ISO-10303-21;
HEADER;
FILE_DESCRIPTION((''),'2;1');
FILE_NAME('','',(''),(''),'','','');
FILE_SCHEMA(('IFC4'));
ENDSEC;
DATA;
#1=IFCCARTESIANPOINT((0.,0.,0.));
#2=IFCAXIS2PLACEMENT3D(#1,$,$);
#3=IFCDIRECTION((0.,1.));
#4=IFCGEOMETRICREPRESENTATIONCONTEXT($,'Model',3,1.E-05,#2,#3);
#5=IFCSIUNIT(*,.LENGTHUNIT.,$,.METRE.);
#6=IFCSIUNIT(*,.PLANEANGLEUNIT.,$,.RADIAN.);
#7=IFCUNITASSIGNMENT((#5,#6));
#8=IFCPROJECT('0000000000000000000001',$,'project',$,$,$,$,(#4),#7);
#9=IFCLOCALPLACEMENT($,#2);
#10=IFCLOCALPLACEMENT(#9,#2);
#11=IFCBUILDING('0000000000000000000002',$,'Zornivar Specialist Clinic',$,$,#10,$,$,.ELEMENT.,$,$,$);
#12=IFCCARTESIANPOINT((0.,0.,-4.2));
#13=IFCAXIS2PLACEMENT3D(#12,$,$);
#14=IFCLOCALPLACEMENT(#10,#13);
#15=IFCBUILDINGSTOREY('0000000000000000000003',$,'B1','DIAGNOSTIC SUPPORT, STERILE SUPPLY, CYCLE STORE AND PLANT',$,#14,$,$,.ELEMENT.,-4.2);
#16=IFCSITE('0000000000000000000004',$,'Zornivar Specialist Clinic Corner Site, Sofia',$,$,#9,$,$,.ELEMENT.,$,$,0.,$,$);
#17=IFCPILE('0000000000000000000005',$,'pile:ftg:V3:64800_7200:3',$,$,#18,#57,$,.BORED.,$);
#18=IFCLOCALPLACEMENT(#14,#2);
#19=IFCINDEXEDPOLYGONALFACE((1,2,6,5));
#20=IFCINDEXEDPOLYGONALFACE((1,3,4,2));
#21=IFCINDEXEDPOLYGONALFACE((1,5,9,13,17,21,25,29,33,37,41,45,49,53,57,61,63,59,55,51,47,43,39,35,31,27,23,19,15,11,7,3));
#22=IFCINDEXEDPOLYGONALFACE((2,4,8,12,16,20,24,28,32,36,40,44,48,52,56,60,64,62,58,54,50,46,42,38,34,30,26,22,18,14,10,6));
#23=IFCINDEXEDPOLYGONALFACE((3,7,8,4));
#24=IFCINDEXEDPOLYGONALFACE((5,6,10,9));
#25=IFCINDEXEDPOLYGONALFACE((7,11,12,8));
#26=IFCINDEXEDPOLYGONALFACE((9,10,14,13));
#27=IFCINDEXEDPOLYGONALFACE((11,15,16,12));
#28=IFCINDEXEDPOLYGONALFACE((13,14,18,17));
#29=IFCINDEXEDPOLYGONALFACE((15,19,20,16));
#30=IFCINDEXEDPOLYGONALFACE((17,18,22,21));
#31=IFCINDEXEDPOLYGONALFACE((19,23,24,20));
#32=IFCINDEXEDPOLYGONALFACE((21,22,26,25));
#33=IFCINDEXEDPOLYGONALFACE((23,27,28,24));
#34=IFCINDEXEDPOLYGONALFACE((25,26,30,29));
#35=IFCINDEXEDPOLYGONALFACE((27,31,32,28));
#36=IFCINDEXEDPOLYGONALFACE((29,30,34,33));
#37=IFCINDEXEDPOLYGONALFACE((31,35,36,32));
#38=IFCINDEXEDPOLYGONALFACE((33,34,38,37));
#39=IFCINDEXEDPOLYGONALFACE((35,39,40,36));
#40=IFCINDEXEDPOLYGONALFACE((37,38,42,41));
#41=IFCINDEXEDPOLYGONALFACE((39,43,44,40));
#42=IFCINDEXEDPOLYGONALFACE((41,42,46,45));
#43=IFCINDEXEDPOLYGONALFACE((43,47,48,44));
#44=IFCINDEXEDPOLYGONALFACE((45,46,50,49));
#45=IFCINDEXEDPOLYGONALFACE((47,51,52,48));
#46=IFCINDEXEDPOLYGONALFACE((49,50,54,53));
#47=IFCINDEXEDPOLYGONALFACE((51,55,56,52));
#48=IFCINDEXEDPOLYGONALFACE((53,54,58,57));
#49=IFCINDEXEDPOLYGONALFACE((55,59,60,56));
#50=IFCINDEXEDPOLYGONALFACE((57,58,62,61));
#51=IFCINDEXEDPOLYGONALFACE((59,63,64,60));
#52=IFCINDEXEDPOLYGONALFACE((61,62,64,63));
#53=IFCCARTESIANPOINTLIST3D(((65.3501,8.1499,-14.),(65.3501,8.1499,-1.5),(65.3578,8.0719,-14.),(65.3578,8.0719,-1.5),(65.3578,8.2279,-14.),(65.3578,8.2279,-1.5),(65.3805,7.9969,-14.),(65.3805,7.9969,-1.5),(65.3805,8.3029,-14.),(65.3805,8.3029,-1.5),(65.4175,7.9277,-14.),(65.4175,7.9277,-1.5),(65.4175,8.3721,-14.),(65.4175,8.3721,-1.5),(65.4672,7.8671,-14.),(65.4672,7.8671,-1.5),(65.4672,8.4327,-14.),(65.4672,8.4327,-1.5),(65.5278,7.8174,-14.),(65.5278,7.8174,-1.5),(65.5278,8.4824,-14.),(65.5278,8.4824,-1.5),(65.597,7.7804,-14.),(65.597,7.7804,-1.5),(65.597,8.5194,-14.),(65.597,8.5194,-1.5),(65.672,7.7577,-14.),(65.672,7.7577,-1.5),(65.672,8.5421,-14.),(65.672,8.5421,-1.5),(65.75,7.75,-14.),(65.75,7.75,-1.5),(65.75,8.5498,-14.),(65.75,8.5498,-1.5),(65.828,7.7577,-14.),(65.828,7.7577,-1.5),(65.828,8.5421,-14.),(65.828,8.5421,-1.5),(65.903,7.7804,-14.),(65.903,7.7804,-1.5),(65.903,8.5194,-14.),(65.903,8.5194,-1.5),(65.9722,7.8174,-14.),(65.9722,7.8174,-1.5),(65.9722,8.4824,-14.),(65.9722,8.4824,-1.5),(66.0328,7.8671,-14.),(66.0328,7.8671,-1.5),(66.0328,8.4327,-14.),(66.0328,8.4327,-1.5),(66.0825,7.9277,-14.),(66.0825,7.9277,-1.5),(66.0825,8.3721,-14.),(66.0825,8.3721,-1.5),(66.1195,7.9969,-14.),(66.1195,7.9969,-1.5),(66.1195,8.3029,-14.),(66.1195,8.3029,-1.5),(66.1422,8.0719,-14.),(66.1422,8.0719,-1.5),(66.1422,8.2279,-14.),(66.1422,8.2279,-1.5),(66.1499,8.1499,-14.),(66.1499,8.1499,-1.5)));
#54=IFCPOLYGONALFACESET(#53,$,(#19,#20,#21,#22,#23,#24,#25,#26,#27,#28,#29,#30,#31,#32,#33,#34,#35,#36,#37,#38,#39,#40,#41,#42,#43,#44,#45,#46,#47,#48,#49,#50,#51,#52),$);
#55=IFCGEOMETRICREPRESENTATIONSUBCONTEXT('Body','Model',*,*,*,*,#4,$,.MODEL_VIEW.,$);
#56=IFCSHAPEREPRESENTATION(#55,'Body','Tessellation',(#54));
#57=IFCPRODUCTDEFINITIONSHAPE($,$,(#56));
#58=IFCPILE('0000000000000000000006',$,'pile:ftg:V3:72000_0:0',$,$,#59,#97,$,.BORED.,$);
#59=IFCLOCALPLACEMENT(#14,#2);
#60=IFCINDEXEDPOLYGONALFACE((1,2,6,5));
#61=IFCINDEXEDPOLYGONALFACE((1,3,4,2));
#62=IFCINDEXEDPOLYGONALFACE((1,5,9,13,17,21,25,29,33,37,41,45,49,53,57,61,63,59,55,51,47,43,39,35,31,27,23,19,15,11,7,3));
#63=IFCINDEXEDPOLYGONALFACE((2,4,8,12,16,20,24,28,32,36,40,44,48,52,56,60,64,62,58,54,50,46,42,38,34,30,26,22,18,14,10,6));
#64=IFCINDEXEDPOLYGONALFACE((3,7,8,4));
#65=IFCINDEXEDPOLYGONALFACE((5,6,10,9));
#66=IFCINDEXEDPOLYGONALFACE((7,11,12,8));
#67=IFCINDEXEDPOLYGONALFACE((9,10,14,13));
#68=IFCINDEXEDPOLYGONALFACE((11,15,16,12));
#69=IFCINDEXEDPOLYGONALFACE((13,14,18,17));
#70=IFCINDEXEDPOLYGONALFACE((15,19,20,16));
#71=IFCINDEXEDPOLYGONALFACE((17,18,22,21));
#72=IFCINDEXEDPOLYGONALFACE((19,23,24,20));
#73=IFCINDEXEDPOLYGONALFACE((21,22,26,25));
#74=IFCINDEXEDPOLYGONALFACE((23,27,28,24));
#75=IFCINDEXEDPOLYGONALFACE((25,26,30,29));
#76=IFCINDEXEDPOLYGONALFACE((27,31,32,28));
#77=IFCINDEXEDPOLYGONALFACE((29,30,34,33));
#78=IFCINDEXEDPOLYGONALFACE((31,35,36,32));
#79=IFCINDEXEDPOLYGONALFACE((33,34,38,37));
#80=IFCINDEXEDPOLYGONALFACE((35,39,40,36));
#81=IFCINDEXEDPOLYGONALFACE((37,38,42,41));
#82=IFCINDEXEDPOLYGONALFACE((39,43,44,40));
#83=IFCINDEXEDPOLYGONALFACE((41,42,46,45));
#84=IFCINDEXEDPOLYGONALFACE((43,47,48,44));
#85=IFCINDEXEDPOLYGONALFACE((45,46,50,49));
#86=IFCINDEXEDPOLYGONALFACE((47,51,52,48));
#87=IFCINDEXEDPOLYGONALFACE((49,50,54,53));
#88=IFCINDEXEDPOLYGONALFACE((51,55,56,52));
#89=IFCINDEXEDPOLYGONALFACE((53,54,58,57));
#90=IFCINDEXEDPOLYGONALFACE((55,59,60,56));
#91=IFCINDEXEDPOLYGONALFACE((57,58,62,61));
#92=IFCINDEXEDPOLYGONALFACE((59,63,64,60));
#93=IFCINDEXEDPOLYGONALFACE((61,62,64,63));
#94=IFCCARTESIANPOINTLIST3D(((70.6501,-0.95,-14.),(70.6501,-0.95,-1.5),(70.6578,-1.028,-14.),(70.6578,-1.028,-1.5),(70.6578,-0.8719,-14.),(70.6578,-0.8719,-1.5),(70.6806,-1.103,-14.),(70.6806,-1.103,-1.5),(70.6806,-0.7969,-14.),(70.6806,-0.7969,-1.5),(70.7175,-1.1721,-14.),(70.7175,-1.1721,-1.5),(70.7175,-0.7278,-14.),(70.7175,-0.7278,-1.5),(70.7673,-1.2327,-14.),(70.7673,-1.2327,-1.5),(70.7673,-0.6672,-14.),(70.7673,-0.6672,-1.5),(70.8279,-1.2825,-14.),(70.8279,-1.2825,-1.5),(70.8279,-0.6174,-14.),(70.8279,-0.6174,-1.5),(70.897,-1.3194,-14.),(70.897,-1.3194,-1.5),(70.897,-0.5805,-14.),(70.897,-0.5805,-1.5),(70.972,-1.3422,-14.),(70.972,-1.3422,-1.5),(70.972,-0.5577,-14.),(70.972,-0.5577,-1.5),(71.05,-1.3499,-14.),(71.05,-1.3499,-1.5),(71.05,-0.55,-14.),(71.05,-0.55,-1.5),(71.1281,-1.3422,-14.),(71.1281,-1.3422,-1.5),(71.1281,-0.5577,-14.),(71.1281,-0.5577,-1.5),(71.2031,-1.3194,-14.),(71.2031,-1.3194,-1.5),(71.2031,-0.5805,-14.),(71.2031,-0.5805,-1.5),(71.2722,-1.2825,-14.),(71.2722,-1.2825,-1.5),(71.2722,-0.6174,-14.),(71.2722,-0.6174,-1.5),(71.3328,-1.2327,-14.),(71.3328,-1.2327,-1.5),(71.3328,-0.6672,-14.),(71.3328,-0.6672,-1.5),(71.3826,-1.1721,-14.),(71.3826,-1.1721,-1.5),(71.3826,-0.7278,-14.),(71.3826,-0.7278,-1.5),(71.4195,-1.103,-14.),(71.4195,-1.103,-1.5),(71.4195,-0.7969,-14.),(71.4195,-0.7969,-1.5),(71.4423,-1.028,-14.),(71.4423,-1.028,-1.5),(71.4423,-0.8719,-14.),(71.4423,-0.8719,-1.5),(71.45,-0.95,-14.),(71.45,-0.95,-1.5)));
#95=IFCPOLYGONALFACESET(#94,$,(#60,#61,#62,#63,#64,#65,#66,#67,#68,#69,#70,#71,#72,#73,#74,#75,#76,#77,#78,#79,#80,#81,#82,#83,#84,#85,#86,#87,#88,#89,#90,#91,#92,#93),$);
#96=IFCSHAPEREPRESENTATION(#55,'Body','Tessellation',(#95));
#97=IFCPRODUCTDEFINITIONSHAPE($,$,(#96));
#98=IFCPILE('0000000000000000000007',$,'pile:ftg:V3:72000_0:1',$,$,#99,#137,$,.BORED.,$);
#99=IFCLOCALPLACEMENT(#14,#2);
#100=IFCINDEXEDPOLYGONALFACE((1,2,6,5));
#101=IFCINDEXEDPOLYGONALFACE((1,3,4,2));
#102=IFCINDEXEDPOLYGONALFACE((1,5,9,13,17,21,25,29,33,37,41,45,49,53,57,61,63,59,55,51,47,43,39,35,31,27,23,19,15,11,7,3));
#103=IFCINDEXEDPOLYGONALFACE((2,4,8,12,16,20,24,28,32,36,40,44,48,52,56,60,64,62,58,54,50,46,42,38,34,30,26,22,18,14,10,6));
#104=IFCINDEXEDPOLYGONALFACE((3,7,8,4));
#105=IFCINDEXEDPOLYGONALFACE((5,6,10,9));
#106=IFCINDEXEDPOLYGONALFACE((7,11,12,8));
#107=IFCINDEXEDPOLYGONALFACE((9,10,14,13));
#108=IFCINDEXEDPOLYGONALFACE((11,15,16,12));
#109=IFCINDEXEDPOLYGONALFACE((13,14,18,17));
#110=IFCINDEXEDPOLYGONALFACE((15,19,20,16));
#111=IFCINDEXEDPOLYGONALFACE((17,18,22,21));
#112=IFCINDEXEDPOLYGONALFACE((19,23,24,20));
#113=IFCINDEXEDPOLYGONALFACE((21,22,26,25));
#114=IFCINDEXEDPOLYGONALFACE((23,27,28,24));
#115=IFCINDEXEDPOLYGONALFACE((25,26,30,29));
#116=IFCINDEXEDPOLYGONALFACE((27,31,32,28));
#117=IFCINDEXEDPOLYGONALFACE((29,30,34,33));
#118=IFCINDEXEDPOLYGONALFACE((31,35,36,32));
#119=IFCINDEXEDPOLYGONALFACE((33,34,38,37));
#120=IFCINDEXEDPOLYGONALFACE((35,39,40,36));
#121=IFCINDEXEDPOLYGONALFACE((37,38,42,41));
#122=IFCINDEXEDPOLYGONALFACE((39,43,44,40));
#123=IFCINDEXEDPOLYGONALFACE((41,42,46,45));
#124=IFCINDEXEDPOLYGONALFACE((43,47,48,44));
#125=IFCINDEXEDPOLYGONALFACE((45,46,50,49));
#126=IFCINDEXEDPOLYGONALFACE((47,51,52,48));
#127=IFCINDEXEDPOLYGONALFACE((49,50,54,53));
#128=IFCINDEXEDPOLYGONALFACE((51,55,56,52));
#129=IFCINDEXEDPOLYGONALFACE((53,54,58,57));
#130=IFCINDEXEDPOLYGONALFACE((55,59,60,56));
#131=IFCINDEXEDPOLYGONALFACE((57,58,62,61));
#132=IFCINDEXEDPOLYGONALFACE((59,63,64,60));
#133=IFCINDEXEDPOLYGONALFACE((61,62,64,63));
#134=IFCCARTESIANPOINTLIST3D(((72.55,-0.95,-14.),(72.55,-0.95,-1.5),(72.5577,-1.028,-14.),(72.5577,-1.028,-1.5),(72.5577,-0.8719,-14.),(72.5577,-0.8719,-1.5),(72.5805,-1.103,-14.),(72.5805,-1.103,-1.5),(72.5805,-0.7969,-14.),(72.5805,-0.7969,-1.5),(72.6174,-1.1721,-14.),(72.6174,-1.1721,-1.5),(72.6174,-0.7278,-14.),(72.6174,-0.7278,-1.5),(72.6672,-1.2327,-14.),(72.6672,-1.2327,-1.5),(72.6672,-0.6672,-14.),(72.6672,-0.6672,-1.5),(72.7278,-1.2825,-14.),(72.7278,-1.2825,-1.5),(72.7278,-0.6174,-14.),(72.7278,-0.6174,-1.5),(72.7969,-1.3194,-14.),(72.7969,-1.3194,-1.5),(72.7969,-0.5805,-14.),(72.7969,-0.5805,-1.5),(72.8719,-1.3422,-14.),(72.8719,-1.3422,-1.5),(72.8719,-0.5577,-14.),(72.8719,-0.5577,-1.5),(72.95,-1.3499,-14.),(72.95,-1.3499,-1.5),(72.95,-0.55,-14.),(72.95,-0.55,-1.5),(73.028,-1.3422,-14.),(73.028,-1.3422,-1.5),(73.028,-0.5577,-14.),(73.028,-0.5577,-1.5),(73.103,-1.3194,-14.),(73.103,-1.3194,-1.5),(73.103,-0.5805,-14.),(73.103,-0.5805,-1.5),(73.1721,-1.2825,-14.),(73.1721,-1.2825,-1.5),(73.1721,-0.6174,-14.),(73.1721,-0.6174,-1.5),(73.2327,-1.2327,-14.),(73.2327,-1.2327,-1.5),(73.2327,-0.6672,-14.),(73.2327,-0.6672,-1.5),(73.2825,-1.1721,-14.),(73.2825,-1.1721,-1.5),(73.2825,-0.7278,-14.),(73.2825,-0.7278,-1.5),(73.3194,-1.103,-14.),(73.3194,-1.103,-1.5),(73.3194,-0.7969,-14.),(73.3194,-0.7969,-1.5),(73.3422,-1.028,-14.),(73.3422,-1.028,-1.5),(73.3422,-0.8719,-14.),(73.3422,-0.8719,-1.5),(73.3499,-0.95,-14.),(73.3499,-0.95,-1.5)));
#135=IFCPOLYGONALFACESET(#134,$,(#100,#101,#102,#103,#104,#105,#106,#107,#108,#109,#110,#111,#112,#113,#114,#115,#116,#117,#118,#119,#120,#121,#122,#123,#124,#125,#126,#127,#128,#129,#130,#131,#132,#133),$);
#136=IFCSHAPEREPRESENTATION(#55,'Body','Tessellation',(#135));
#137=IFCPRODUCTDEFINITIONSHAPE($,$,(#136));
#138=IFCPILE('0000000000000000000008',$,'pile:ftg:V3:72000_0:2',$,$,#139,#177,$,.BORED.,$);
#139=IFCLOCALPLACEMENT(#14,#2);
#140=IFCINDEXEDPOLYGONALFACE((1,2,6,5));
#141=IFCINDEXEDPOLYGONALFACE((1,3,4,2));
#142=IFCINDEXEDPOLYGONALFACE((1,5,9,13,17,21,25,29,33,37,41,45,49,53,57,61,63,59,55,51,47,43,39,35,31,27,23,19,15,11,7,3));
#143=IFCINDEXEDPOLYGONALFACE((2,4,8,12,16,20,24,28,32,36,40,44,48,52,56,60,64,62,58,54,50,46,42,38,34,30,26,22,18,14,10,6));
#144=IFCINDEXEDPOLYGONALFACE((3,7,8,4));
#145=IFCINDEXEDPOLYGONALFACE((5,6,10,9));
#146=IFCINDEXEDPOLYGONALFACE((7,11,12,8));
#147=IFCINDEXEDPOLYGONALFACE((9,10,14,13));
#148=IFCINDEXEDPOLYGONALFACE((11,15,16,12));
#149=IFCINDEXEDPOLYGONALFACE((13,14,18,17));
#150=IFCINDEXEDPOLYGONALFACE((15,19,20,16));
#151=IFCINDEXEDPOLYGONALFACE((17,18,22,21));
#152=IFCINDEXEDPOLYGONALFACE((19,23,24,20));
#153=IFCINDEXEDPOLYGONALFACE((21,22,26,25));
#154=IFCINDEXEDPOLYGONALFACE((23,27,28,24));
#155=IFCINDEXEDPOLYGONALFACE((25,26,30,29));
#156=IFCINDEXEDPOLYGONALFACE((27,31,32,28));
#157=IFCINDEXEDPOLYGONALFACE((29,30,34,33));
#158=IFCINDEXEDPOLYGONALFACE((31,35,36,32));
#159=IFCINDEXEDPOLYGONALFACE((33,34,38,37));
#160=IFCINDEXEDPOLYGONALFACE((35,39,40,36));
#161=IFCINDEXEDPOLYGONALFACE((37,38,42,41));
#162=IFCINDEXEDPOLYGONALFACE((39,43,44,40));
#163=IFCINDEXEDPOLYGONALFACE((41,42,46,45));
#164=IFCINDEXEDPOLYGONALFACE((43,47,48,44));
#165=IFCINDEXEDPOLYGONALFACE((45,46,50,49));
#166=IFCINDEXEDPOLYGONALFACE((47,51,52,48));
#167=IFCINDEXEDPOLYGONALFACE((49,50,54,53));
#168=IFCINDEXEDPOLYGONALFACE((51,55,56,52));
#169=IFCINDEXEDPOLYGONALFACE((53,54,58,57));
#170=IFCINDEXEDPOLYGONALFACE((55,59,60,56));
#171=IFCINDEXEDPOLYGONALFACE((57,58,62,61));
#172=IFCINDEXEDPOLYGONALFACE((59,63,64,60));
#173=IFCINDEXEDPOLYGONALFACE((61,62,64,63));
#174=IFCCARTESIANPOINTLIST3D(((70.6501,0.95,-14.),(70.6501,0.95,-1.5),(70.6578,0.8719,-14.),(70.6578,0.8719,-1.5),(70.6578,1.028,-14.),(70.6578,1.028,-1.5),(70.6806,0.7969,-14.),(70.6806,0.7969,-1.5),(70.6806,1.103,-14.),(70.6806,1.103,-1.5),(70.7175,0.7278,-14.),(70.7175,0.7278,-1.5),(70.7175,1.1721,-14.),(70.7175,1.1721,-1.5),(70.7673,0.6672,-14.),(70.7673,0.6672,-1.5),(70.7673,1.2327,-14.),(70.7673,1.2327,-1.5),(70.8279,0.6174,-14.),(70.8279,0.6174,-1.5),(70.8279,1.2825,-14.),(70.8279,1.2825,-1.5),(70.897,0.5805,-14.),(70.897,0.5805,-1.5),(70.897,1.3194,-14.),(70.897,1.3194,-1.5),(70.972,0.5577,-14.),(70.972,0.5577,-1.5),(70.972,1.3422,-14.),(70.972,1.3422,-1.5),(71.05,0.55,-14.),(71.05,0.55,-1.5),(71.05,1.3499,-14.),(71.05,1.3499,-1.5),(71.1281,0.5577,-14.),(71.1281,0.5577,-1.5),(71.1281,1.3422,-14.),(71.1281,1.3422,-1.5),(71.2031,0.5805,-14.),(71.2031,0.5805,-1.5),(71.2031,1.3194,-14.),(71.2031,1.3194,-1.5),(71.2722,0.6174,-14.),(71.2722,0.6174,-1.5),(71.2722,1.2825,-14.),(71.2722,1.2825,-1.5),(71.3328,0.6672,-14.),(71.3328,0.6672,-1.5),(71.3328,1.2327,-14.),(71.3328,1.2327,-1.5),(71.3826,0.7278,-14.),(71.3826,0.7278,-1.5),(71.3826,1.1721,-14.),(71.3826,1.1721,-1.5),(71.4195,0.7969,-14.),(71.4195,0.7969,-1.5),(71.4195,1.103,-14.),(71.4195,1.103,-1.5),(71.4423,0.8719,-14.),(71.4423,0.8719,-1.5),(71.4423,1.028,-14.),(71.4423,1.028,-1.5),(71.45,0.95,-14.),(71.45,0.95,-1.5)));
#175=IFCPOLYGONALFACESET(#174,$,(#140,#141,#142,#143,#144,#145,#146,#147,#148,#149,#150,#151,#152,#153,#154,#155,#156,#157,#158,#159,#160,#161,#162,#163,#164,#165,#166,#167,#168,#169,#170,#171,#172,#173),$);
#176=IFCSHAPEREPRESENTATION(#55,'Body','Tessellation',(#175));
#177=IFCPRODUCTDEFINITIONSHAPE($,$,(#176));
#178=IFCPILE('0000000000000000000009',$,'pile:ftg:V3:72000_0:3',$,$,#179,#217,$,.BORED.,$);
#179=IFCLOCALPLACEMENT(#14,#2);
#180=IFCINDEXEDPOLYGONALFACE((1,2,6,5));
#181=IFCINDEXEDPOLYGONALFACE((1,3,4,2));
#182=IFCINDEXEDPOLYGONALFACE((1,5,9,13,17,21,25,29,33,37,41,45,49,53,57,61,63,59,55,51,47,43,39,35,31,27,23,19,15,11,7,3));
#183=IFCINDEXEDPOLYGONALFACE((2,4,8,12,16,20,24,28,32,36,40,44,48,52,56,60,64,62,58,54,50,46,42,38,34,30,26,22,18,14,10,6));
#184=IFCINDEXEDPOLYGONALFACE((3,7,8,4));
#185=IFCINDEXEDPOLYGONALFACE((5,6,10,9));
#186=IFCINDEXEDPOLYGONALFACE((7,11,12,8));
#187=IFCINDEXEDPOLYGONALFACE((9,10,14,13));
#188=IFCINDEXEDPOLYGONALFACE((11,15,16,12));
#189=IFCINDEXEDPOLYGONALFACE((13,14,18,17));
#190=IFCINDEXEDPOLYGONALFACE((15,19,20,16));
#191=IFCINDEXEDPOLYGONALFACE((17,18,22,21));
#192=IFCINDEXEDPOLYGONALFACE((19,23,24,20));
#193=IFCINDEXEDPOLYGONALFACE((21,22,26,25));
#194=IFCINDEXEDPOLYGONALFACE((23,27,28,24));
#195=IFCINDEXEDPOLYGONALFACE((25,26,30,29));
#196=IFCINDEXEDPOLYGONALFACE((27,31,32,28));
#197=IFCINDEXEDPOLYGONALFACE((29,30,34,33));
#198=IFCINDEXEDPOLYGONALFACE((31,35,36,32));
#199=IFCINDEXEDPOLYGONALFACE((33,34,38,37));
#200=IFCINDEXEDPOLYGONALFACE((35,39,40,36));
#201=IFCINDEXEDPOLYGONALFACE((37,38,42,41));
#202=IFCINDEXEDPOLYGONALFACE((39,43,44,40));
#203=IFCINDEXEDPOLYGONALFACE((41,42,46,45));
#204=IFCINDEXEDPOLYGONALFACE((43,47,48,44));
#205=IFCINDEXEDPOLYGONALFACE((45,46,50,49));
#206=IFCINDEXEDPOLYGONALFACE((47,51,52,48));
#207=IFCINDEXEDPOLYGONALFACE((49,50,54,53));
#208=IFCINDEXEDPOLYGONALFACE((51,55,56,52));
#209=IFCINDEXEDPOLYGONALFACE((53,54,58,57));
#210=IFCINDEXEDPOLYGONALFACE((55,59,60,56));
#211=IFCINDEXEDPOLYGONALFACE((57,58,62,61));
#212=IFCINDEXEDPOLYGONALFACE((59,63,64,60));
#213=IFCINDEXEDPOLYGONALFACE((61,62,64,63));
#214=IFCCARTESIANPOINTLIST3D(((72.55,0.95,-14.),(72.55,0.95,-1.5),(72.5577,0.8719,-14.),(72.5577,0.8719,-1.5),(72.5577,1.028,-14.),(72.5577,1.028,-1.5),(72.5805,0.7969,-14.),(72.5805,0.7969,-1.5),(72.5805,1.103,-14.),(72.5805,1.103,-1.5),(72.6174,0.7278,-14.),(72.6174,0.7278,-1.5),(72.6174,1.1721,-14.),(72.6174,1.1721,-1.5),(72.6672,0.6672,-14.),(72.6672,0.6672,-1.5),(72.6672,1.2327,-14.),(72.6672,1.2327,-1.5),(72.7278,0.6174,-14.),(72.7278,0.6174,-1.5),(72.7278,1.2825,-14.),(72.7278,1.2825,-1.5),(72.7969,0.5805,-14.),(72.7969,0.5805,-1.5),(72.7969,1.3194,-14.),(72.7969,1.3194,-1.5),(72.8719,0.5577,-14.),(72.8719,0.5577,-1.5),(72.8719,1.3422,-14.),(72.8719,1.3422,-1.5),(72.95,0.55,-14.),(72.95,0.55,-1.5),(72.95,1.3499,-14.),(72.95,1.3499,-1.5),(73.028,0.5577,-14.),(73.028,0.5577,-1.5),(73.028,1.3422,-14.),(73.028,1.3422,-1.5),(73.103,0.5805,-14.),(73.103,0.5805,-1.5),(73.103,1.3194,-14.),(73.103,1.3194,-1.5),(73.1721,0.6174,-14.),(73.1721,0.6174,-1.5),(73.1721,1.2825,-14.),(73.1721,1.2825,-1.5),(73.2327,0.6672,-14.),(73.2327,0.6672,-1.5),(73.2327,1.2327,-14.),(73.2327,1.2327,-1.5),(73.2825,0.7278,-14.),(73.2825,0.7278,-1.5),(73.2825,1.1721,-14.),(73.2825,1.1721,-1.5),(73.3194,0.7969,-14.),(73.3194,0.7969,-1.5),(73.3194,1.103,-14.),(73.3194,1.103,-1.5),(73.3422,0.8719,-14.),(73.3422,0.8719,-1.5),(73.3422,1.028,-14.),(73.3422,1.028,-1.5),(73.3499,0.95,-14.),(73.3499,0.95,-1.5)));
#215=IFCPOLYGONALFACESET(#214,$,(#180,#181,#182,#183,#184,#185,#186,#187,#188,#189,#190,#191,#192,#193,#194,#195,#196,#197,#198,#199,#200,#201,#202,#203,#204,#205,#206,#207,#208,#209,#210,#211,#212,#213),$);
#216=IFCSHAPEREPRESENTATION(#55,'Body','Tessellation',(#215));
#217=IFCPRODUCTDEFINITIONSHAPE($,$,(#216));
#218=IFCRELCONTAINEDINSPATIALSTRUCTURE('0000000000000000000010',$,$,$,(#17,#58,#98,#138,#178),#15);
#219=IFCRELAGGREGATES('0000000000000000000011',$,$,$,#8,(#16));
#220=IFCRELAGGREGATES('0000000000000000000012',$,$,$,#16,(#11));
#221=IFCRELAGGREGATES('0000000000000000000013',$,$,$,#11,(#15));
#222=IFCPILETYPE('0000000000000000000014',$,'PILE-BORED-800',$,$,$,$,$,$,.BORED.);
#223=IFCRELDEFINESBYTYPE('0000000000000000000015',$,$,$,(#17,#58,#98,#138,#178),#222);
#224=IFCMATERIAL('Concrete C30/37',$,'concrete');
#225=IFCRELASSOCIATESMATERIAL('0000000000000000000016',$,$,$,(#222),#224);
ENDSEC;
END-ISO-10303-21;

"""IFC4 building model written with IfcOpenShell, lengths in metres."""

from ifc_helpers import new_model, si_unit, direction, frame, origin, origin_2d, place, context, subcontext, project, spatial, circle, extrude, material, material_profile, profile_set, type_object, element, save


model = new_model("IFC4")

# Units and contexts
model_context = context("Model", 3, precision=1e-05, world=origin(), true_north=direction((0.0, 1.0)))
body_context = subcontext(model_context, "Body", "Model", "MODEL_VIEW")
ifc_project = project(units=[si_unit("LENGTHUNIT", "METRE"), si_unit("PLANEANGLEUNIT", "RADIAN")], contexts=[model_context])

# Site, building, storey
site_placement = place(None, origin())
site = spatial("IfcSite", under=ifc_project, at=site_placement, Name="Zornivar Specialist Clinic Corner Site, Sofia", CompositionType="ELEMENT", RefElevation=0.0)
building_placement = place(site_placement, origin())
building = spatial("IfcBuilding", under=site, at=building_placement, Name="Zornivar Specialist Clinic", CompositionType="ELEMENT")
storey_placement = place(building_placement, frame((0.0, 0.0, -4.2)))
storey = spatial("IfcBuildingStorey", under=building, at=storey_placement, Name="B1", Description="DIAGNOSTIC SUPPORT, STERILE SUPPLY, CYCLE STORE AND PLANT", CompositionType="ELEMENT", Elevation=-4.2)

# Piles
ifc_material_1 = material(Name="Concrete C30/37", Category="concrete")
ifc_material_profile_1 = material_profile(ifc_material_1, circle(Radius=0.3999, at=origin_2d()), Name="PILE D800")
ifc_profile_set_1 = profile_set([ifc_material_profile_1], Name="Concrete C30/37")
pile_type = type_object("IfcPileType", Name="PILE-BORED-800", PredefinedType="BORED", material=ifc_profile_set_1)
for number, where, z_axis, x_axis, name in (
    (1, (65.75, 8.1499, -1.5), (0.0, 0.0, -1.0), (1.0, 0.0, 0.0), "pile:ftg:V3:64800_7200:3"),
    (2, (71.05, -0.95, -1.5), (0.0, 0.0, -1.0), (1.0, 0.0, 0.0), "pile:ftg:V3:72000_0:0"),
    (3, (72.95, -0.95, -1.5), (0.0, 0.0, -1.0), (1.0, 0.0, 0.0), "pile:ftg:V3:72000_0:1"),
    (4, (71.05, 0.95, -1.5), (0.0, 0.0, -1.0), (1.0, 0.0, 0.0), "pile:ftg:V3:72000_0:2"),
    (5, (72.95, 0.95, -1.5), (0.0, 0.0, -1.0), (1.0, 0.0, 0.0), "pile:ftg:V3:72000_0:3"),
):
    element("IfcPile", number, at=place(storey_placement, frame(where, z_axis=z_axis, x_axis=x_axis)), inside=storey, type_object=pile_type, Name=name, PredefinedType="BORED", context=body_context, shape_type="SweptSolid", body=[
        extrude(circle(Radius=0.3999, at=origin_2d()), origin(), (0.0, 0.0, 1.0), 12.5),
    ])

save(model, "model.ifc")
